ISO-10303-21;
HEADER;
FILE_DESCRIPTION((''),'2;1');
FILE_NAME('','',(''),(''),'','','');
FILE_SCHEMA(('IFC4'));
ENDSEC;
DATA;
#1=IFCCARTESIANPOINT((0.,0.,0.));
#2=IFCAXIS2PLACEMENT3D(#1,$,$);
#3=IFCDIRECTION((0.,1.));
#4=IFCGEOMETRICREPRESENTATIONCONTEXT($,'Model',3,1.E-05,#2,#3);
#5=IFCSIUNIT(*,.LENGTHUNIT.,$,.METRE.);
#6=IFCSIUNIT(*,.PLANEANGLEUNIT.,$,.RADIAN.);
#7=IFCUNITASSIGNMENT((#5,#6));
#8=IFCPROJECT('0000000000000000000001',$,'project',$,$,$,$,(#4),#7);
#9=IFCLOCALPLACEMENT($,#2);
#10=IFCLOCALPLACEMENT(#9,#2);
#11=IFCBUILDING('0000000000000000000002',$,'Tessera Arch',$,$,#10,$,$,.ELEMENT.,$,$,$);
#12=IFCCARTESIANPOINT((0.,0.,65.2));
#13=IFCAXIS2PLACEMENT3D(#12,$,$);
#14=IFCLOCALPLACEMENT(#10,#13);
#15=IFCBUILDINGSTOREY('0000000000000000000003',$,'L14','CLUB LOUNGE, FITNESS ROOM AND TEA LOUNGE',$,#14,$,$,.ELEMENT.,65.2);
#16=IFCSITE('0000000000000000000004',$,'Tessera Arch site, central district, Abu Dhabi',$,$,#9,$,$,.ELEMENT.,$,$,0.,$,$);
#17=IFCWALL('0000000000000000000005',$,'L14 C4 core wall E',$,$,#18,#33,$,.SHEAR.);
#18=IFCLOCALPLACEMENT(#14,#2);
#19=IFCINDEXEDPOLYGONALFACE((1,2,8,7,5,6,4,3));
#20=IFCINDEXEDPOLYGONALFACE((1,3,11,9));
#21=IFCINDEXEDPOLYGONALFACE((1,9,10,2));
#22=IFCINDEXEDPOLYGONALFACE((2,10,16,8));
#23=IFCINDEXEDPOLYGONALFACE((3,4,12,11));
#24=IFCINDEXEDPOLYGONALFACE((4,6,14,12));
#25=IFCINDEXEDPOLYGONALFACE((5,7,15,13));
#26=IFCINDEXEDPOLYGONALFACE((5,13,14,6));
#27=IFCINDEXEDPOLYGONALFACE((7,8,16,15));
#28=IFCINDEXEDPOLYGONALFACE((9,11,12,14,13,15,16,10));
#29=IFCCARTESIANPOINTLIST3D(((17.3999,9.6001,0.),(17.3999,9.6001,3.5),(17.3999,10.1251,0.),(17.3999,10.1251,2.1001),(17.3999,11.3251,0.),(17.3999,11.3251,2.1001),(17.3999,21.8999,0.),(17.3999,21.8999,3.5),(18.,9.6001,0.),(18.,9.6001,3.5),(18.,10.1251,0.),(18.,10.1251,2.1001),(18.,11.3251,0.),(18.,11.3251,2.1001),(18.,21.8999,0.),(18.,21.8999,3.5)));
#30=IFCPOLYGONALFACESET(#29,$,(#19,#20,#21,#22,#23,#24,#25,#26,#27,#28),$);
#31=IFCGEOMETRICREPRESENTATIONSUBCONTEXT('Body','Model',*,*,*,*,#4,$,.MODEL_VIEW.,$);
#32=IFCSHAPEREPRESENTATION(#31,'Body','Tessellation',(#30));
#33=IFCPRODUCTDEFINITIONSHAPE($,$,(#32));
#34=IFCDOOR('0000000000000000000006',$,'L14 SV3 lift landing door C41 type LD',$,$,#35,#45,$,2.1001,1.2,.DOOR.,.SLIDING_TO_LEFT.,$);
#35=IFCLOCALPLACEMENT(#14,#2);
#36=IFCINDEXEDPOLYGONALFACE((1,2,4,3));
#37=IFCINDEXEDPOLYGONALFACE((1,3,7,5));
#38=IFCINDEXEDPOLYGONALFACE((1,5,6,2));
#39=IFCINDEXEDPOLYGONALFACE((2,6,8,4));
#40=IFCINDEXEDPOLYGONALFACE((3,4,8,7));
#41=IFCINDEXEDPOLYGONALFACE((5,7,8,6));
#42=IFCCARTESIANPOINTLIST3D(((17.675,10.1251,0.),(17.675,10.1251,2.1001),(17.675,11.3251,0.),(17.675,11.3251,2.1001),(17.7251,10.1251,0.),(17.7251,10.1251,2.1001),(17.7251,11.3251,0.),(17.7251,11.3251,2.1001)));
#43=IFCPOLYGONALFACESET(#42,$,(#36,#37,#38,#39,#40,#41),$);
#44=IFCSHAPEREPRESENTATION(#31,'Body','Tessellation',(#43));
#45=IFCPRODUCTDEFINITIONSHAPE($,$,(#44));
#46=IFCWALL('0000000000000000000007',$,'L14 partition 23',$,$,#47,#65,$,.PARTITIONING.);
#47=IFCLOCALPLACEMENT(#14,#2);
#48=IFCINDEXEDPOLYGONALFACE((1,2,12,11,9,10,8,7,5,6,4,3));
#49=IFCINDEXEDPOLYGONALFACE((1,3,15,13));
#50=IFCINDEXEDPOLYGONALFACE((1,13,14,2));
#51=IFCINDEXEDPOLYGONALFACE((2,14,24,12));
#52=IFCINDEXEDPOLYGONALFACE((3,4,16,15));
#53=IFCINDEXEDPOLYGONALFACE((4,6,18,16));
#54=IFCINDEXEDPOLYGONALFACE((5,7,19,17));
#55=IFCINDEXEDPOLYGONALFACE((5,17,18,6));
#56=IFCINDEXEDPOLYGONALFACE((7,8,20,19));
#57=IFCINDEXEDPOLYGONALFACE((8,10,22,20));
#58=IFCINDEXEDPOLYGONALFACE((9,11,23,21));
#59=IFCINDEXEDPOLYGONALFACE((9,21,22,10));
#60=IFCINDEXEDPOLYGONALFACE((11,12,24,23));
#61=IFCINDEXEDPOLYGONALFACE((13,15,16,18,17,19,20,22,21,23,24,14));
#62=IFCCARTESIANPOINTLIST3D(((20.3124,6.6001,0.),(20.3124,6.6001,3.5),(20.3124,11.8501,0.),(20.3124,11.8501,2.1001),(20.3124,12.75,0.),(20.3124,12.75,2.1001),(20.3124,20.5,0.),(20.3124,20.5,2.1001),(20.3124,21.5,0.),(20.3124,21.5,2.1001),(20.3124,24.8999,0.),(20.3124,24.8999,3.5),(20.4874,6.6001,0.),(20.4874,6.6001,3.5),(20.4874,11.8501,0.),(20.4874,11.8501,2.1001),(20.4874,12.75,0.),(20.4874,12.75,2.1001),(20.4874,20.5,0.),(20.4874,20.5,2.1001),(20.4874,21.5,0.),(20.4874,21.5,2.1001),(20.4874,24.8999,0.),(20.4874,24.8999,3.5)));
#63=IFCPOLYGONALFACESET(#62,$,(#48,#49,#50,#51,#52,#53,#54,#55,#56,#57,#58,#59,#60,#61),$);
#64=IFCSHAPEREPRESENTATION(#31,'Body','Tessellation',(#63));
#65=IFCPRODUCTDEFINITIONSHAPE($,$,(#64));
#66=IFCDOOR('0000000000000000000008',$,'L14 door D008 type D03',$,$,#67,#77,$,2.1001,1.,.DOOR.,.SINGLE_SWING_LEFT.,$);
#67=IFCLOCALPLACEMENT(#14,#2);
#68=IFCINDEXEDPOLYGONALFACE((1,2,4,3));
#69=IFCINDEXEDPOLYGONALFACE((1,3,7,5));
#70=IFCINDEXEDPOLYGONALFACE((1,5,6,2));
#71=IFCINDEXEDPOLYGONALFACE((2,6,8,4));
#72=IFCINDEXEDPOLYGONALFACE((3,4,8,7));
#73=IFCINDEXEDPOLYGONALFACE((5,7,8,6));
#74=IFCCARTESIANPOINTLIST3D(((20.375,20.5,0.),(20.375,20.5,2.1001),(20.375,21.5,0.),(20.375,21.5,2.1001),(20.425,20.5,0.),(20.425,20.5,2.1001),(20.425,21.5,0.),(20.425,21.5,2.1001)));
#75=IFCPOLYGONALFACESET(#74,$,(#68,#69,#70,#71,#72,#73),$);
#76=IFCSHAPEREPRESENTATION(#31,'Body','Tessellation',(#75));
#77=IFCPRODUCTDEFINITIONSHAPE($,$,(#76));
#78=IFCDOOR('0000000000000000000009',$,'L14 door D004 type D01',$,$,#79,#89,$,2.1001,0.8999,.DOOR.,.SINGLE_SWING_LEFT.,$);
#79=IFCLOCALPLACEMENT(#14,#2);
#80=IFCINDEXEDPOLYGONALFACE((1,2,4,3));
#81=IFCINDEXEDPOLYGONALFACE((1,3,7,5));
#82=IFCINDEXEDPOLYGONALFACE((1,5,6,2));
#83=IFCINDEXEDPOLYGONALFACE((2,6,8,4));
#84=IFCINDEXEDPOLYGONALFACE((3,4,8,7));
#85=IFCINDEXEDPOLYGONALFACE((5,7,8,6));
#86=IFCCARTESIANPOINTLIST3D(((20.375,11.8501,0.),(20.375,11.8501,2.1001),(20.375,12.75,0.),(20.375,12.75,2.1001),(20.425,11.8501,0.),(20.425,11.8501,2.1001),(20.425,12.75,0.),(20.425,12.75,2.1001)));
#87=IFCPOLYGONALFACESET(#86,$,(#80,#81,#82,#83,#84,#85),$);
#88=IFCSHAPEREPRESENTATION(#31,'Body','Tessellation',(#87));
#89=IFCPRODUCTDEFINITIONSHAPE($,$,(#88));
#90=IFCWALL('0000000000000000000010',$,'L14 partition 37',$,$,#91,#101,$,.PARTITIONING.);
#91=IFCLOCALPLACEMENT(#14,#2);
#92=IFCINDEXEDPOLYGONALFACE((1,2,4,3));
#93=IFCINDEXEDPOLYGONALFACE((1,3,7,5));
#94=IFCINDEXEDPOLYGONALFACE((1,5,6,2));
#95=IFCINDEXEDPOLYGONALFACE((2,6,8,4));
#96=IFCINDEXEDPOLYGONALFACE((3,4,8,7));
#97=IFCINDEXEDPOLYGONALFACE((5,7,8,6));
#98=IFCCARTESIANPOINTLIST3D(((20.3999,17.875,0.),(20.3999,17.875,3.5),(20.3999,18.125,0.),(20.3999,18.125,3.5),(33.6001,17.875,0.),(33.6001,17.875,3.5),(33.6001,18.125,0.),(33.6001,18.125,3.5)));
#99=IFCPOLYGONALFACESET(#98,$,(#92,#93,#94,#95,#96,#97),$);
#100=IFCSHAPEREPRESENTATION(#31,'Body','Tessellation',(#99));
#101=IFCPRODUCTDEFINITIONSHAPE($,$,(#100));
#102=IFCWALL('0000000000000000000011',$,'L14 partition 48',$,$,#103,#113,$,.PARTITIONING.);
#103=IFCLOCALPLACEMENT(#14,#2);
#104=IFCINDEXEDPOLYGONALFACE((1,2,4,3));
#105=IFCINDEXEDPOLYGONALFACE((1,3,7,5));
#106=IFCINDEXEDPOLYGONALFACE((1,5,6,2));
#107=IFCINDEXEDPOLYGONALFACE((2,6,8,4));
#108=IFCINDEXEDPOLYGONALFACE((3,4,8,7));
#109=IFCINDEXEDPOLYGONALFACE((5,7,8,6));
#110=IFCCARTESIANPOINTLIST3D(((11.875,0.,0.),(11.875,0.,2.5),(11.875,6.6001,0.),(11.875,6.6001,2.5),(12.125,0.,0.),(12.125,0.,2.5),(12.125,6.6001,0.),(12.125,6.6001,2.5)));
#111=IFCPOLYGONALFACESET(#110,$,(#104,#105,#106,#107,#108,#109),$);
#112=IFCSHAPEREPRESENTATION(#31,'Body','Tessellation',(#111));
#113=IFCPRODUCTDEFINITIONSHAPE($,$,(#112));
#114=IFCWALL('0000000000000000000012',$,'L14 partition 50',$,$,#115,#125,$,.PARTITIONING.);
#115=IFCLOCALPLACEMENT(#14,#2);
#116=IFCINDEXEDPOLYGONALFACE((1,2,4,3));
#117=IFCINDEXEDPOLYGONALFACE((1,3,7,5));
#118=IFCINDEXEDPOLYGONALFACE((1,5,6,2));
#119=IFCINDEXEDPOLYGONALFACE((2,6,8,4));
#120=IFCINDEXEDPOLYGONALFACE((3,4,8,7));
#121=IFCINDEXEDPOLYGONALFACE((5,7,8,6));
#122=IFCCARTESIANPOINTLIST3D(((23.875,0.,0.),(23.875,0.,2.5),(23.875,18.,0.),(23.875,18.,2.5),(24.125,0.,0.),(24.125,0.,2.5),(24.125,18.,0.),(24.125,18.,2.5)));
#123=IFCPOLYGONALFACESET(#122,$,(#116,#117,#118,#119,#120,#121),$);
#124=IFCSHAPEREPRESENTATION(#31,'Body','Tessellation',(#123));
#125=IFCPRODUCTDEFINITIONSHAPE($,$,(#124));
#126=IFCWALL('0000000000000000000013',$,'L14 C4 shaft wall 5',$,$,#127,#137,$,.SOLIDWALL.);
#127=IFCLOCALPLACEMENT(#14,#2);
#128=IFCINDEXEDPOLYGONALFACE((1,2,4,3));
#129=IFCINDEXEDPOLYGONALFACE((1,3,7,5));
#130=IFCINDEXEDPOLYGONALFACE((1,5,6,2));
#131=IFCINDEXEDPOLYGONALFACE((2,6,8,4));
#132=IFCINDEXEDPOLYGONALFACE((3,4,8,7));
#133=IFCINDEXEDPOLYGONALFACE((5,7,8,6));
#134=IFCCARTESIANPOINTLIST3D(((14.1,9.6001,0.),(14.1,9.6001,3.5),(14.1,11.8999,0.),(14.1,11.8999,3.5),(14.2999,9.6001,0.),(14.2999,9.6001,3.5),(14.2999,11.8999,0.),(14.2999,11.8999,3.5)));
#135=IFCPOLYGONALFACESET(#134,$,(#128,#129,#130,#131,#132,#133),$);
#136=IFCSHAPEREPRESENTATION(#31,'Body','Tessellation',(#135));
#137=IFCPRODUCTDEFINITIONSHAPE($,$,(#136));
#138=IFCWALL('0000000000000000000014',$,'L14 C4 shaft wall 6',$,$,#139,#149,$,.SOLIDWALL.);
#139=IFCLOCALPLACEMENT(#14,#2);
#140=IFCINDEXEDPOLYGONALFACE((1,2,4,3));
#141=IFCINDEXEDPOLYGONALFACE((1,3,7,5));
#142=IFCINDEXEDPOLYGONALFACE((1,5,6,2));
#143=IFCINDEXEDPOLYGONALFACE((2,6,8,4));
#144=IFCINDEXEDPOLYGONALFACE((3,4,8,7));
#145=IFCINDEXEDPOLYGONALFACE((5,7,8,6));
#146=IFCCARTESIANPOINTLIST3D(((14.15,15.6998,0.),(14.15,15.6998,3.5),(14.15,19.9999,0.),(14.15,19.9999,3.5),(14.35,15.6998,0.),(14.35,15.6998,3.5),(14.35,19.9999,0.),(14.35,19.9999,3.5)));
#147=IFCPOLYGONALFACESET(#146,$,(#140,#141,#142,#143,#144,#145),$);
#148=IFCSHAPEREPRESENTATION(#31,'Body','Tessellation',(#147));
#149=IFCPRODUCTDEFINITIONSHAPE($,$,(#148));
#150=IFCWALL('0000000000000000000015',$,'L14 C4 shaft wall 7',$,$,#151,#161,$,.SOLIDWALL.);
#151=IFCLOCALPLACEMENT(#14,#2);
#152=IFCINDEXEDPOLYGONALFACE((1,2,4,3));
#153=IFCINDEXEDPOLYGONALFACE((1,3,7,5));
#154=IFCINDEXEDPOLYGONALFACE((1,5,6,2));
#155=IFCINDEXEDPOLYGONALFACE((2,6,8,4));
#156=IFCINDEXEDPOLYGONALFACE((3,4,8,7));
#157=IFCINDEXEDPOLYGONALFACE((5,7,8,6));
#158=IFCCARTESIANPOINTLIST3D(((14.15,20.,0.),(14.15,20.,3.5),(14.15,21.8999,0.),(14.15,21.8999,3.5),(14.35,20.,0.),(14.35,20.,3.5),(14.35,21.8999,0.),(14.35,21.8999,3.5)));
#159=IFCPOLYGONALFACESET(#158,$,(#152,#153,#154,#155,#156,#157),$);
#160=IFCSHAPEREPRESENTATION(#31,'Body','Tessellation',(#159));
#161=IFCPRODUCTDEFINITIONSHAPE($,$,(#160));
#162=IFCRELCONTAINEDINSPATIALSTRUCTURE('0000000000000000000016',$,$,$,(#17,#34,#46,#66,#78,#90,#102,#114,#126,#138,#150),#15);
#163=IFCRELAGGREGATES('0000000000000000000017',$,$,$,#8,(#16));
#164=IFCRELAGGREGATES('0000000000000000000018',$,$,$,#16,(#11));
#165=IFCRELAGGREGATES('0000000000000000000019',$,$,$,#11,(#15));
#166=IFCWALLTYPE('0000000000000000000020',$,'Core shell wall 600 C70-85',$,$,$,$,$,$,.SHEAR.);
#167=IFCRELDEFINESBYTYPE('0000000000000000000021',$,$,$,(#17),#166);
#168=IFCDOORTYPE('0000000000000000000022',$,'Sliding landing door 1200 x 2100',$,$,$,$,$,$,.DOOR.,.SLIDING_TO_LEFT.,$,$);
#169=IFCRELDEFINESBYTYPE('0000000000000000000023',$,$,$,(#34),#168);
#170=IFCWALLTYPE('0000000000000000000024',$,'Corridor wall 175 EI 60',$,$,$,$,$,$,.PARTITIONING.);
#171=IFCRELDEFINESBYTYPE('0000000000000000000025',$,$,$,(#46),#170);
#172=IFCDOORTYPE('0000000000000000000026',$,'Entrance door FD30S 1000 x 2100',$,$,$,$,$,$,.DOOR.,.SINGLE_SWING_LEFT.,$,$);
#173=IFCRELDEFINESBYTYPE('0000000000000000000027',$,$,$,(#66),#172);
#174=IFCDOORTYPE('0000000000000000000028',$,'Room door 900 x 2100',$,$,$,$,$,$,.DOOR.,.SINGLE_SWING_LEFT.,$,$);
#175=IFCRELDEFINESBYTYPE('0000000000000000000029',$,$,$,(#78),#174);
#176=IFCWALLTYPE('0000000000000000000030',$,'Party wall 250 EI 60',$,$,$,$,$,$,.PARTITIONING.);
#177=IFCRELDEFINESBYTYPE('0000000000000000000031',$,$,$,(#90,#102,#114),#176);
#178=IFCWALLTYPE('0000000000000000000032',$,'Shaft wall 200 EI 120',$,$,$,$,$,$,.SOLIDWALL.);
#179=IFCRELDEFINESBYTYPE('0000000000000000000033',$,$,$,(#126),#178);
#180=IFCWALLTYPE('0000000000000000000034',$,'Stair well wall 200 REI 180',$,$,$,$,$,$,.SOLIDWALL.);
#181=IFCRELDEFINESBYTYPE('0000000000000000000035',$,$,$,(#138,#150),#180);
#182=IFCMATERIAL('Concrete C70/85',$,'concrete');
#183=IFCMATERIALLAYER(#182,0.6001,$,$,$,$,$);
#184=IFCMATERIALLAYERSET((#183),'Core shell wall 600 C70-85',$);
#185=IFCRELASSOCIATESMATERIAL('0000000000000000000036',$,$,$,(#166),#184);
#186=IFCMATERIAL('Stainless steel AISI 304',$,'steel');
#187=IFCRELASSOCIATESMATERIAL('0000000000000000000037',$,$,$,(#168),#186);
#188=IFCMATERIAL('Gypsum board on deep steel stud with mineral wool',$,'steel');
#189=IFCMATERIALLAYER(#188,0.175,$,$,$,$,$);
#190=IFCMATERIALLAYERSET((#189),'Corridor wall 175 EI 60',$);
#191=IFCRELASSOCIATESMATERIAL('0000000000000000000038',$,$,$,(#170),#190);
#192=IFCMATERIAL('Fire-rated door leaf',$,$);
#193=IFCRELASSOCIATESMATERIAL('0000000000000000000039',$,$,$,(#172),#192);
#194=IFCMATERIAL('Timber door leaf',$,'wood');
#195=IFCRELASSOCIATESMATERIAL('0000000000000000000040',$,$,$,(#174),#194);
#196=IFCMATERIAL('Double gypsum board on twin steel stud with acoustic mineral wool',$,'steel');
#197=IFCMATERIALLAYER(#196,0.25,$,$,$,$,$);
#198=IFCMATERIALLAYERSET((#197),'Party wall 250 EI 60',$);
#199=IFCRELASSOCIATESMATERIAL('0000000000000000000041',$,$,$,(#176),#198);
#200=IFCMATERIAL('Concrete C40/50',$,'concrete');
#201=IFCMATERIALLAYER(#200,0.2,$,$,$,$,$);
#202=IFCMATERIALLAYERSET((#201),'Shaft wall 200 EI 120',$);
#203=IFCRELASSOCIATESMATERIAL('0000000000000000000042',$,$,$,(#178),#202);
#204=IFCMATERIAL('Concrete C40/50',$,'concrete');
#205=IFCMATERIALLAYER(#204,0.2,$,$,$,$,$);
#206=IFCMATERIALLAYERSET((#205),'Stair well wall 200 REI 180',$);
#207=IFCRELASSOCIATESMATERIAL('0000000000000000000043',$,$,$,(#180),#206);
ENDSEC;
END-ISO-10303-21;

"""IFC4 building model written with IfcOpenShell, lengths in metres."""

from ifc_helpers import new_model, si_unit, direction, frame, frame_2d, origin, place, context, subcontext, project, spatial, rectangle, extrude, material, layer, layer_set, type_object, element, fill, save


model = new_model("IFC4")

# Units and contexts
model_context = context("Model", 3, precision=1e-05, world=origin(), true_north=direction((0.0, 1.0)))
body_context = subcontext(model_context, "Body", "Model", "MODEL_VIEW")
ifc_project = project(units=[si_unit("LENGTHUNIT", "METRE"), si_unit("PLANEANGLEUNIT", "RADIAN")], contexts=[model_context])

# Site, building, storey
site_placement = place(None, origin())
site = spatial("IfcSite", under=ifc_project, at=site_placement, Name="Tessera Arch site, central district, Abu Dhabi", CompositionType="ELEMENT", RefElevation=0.0)
building_placement = place(site_placement, origin())
building = spatial("IfcBuilding", under=site, at=building_placement, Name="Tessera Arch", CompositionType="ELEMENT")
storey_placement = place(building_placement, frame((0.0, 0.0, 65.2)))
storey = spatial("IfcBuildingStorey", under=building, at=storey_placement, Name="L14", Description="CLUB LOUNGE, FITNESS ROOM AND TEA LOUNGE", CompositionType="ELEMENT", Elevation=65.2)

# Wall, opening, door
ifc_material_1 = material(Name="Concrete C70/85", Category="concrete")
ifc_layer_1 = layer(ifc_material_1, 0.6001)
ifc_layer_set_1 = layer_set([ifc_layer_1], Name="Core shell wall 600 C70-85")
wall_type_1 = type_object("IfcWallType", Name="Core shell wall 600 C70-85", PredefinedType="SHEAR", material=ifc_layer_set_1)
wall_1_placement = place(storey_placement, frame((17.7, 9.6001, 0.0), z_axis=(0.0, 0.0, 1.0), x_axis=(0.0, 1.0, 0.0)))
wall_1 = element("IfcWall", 1, at=wall_1_placement, inside=storey, type_object=wall_type_1, Name="L14 C4 core wall E", PredefinedType="SHEAR", context=body_context, shape_type="SweptSolid", body=[
    extrude(rectangle(XDim=12.2998, YDim=0.6001, at=frame_2d((6.1499, 0.0))), origin(), (0.0, 0.0, 1.0), 3.5),
])
opening_1_placement = place(wall_1_placement, frame((0.5249, 0.0, 0.0)))
opening_1 = element("IfcOpeningElement", 2, at=opening_1_placement, cuts=wall_1, PredefinedType="OPENING", context=body_context, shape_type="SweptSolid", body=[
    extrude(rectangle(XDim=1.2, YDim=2.1001, at=frame_2d((0.6001, 1.05))), frame((0.0, 0.3101, 0.0), z_axis=(0.0, -1.0, 0.0), x_axis=(1.0, 0.0, 0.0)), (0.0, 0.0, 1.0), 0.6201),
])
ifc_material_2 = material(Name="Stainless steel AISI 304", Category="steel")
door_type_1 = type_object("IfcDoorType", Name="Sliding landing door 1200 x 2100", OperationType="SLIDING_TO_LEFT", PredefinedType="DOOR", material=ifc_material_2)
door_1_placement = place(opening_1_placement, origin())
door_1 = element("IfcDoor", 3, at=door_1_placement, inside=storey, type_object=door_type_1, Name="L14 SV3 lift landing door C41 type LD", OperationType="SLIDING_TO_LEFT", OverallHeight=2.1001, OverallWidth=1.2, PredefinedType="DOOR", context=body_context, shape_type="SweptSolid", body=[
    extrude(rectangle(XDim=1.2, YDim=2.1001, at=frame_2d((0.6001, 1.05))), frame((0.0, 0.0249, 0.0), z_axis=(0.0, -1.0, 0.0), x_axis=(1.0, 0.0, 0.0)), (0.0, 0.0, 1.0), 0.05),
])
fill(opening_1, door_1)

# Wall, openings, doors
ifc_material_3 = material(Name="Gypsum board on deep steel stud with mineral wool", Category="steel")
ifc_layer_2 = layer(ifc_material_3, 0.175)
ifc_layer_set_2 = layer_set([ifc_layer_2], Name="Corridor wall 175 EI 60")
wall_type_2 = type_object("IfcWallType", Name="Corridor wall 175 EI 60", PredefinedType="PARTITIONING", material=ifc_layer_set_2)
wall_2_placement = place(storey_placement, frame((20.3999, 6.6001, 0.0), z_axis=(0.0, 0.0, 1.0), x_axis=(0.0, 1.0, 0.0)))
wall_2 = element("IfcWall", 4, at=wall_2_placement, inside=storey, type_object=wall_type_2, Name="L14 partition 23", PredefinedType="PARTITIONING", context=body_context, shape_type="SweptSolid", body=[
    extrude(rectangle(XDim=18.2998, YDim=0.175, at=frame_2d((9.1499, 0.0))), origin(), (0.0, 0.0, 1.0), 3.5),
])
opening_2_placement = place(wall_2_placement, frame((5.25, 0.0, 0.0)))
opening_2 = element("IfcOpeningElement", 5, at=opening_2_placement, cuts=wall_2, PredefinedType="OPENING", context=body_context, shape_type="SweptSolid", body=[
    extrude(rectangle(XDim=0.8999, YDim=2.1001, at=frame_2d((0.45, 1.05))), frame((0.0, 0.0974, 0.0), z_axis=(0.0, -1.0, 0.0), x_axis=(1.0, 0.0, 0.0)), (0.0, 0.0, 1.0), 0.1951),
])
opening_3_placement = place(wall_2_placement, frame((13.8999, 0.0, 0.0)))
opening_3 = element("IfcOpeningElement", 6, at=opening_3_placement, cuts=wall_2, PredefinedType="OPENING", context=body_context, shape_type="SweptSolid", body=[
    extrude(rectangle(XDim=1.0, YDim=2.1001, at=frame_2d((0.5, 1.05))), frame((0.0, 0.0974, 0.0), z_axis=(0.0, -1.0, 0.0), x_axis=(1.0, 0.0, 0.0)), (0.0, 0.0, 1.0), 0.1951),
])
ifc_material_4 = material(Name="Fire-rated door leaf")
door_type_2 = type_object("IfcDoorType", Name="Entrance door FD30S 1000 x 2100", OperationType="SINGLE_SWING_LEFT", PredefinedType="DOOR", material=ifc_material_4)
door_2_placement = place(opening_3_placement, origin())
door_2 = element("IfcDoor", 7, at=door_2_placement, inside=storey, type_object=door_type_2, Name="L14 door D008 type D03", OperationType="SINGLE_SWING_LEFT", OverallHeight=2.1001, OverallWidth=1.0, PredefinedType="DOOR", context=body_context, shape_type="SweptSolid", body=[
    extrude(rectangle(XDim=1.0, YDim=2.1001, at=frame_2d((0.5, 1.05))), frame((0.0, 0.0249, 0.0), z_axis=(0.0, -1.0, 0.0), x_axis=(1.0, 0.0, 0.0)), (0.0, 0.0, 1.0), 0.05),
])
fill(opening_3, door_2)
ifc_material_5 = material(Name="Timber door leaf", Category="wood")
door_type_3 = type_object("IfcDoorType", Name="Room door 900 x 2100", OperationType="SINGLE_SWING_LEFT", PredefinedType="DOOR", material=ifc_material_5)
door_3_placement = place(opening_2_placement, origin())
door_3 = element("IfcDoor", 8, at=door_3_placement, inside=storey, type_object=door_type_3, Name="L14 door D004 type D01", OperationType="SINGLE_SWING_LEFT", OverallHeight=2.1001, OverallWidth=0.8999, PredefinedType="DOOR", context=body_context, shape_type="SweptSolid", body=[
    extrude(rectangle(XDim=0.8999, YDim=2.1001, at=frame_2d((0.45, 1.05))), frame((0.0, 0.0249, 0.0), z_axis=(0.0, -1.0, 0.0), x_axis=(1.0, 0.0, 0.0)), (0.0, 0.0, 1.0), 0.05),
])
fill(opening_2, door_3)

# Walls
ifc_material_6 = material(Name="Double gypsum board on twin steel stud with acoustic mineral wool", Category="steel")
ifc_layer_3 = layer(ifc_material_6, 0.25)
ifc_layer_set_3 = layer_set([ifc_layer_3], Name="Party wall 250 EI 60")
wall_type_3 = type_object("IfcWallType", Name="Party wall 250 EI 60", PredefinedType="PARTITIONING", material=ifc_layer_set_3)
wall_3_placement = place(storey_placement, frame((20.3999, 18.0, 0.0), z_axis=(0.0, 0.0, 1.0), x_axis=(1.0, 0.0, 0.0)))
element("IfcWall", 9, at=wall_3_placement, inside=storey, type_object=wall_type_3, Name="L14 partition 37", PredefinedType="PARTITIONING", context=body_context, shape_type="SweptSolid", body=[
    extrude(rectangle(XDim=13.2002, YDim=0.25, at=frame_2d((6.6001, 0.0))), origin(), (0.0, 0.0, 1.0), 3.5),
])
wall_4_placement = place(storey_placement, frame((12.0, 0.0, 0.0), z_axis=(0.0, 0.0, 1.0), x_axis=(0.0, 1.0, 0.0)))
element("IfcWall", 10, at=wall_4_placement, inside=storey, type_object=wall_type_3, Name="L14 partition 48", PredefinedType="PARTITIONING", context=body_context, shape_type="SweptSolid", body=[
    extrude(rectangle(XDim=6.6001, YDim=0.25, at=frame_2d((3.3, 0.0))), origin(), (0.0, 0.0, 1.0), 2.5),
])
wall_5_placement = place(storey_placement, frame((24.0, 0.0, 0.0), z_axis=(0.0, 0.0, 1.0), x_axis=(0.0, 1.0, 0.0)))
element("IfcWall", 11, at=wall_5_placement, inside=storey, type_object=wall_type_3, Name="L14 partition 50", PredefinedType="PARTITIONING", context=body_context, shape_type="SweptSolid", body=[
    extrude(rectangle(XDim=18.0, YDim=0.25, at=frame_2d((9.0, 0.0))), origin(), (0.0, 0.0, 1.0), 2.5),
])
ifc_material_7 = material(Name="Concrete C40/50", Category="concrete")
ifc_layer_4 = layer(ifc_material_7, 0.2)
ifc_layer_set_4 = layer_set([ifc_layer_4], Name="Shaft wall 200 EI 120")
wall_type_4 = type_object("IfcWallType", Name="Shaft wall 200 EI 120", PredefinedType="SOLIDWALL", material=ifc_layer_set_4)
wall_6_placement = place(storey_placement, frame((14.2, 9.6001, 0.0), z_axis=(0.0, 0.0, 1.0), x_axis=(0.0, 1.0, 0.0)))
element("IfcWall", 12, at=wall_6_placement, inside=storey, type_object=wall_type_4, Name="L14 C4 shaft wall 5", PredefinedType="SOLIDWALL", context=body_context, shape_type="SweptSolid", body=[
    extrude(rectangle(XDim=2.2998, YDim=0.2, at=frame_2d((1.1499, 0.0))), origin(), (0.0, 0.0, 1.0), 3.5),
])
ifc_material_8 = material(Name="Concrete C40/50", Category="concrete")
ifc_layer_5 = layer(ifc_material_8, 0.2)
ifc_layer_set_5 = layer_set([ifc_layer_5], Name="Stair well wall 200 REI 180")
wall_type_5 = type_object("IfcWallType", Name="Stair well wall 200 REI 180", PredefinedType="SOLIDWALL", material=ifc_layer_set_5)
wall_7_placement = place(storey_placement, frame((14.25, 15.7, 0.0), z_axis=(0.0, 0.0, 1.0), x_axis=(0.0, 1.0, 0.0)))
element("IfcWall", 13, at=wall_7_placement, inside=storey, type_object=wall_type_5, Name="L14 C4 shaft wall 6", PredefinedType="SOLIDWALL", context=body_context, shape_type="SweptSolid", body=[
    extrude(rectangle(XDim=4.3, YDim=0.2, at=frame_2d((2.1499, 0.0))), origin(), (0.0, 0.0, 1.0), 3.5),
])
wall_8_placement = place(storey_placement, frame((14.25, 20.0, 0.0), z_axis=(0.0, 0.0, 1.0), x_axis=(0.0, 1.0, 0.0)))
element("IfcWall", 14, at=wall_8_placement, inside=storey, type_object=wall_type_5, Name="L14 C4 shaft wall 7", PredefinedType="SOLIDWALL", context=body_context, shape_type="SweptSolid", body=[
    extrude(rectangle(XDim=1.8999, YDim=0.2, at=frame_2d((0.95, 0.0))), origin(), (0.0, 0.0, 1.0), 3.5),
])

save(model, "model.ifc")
